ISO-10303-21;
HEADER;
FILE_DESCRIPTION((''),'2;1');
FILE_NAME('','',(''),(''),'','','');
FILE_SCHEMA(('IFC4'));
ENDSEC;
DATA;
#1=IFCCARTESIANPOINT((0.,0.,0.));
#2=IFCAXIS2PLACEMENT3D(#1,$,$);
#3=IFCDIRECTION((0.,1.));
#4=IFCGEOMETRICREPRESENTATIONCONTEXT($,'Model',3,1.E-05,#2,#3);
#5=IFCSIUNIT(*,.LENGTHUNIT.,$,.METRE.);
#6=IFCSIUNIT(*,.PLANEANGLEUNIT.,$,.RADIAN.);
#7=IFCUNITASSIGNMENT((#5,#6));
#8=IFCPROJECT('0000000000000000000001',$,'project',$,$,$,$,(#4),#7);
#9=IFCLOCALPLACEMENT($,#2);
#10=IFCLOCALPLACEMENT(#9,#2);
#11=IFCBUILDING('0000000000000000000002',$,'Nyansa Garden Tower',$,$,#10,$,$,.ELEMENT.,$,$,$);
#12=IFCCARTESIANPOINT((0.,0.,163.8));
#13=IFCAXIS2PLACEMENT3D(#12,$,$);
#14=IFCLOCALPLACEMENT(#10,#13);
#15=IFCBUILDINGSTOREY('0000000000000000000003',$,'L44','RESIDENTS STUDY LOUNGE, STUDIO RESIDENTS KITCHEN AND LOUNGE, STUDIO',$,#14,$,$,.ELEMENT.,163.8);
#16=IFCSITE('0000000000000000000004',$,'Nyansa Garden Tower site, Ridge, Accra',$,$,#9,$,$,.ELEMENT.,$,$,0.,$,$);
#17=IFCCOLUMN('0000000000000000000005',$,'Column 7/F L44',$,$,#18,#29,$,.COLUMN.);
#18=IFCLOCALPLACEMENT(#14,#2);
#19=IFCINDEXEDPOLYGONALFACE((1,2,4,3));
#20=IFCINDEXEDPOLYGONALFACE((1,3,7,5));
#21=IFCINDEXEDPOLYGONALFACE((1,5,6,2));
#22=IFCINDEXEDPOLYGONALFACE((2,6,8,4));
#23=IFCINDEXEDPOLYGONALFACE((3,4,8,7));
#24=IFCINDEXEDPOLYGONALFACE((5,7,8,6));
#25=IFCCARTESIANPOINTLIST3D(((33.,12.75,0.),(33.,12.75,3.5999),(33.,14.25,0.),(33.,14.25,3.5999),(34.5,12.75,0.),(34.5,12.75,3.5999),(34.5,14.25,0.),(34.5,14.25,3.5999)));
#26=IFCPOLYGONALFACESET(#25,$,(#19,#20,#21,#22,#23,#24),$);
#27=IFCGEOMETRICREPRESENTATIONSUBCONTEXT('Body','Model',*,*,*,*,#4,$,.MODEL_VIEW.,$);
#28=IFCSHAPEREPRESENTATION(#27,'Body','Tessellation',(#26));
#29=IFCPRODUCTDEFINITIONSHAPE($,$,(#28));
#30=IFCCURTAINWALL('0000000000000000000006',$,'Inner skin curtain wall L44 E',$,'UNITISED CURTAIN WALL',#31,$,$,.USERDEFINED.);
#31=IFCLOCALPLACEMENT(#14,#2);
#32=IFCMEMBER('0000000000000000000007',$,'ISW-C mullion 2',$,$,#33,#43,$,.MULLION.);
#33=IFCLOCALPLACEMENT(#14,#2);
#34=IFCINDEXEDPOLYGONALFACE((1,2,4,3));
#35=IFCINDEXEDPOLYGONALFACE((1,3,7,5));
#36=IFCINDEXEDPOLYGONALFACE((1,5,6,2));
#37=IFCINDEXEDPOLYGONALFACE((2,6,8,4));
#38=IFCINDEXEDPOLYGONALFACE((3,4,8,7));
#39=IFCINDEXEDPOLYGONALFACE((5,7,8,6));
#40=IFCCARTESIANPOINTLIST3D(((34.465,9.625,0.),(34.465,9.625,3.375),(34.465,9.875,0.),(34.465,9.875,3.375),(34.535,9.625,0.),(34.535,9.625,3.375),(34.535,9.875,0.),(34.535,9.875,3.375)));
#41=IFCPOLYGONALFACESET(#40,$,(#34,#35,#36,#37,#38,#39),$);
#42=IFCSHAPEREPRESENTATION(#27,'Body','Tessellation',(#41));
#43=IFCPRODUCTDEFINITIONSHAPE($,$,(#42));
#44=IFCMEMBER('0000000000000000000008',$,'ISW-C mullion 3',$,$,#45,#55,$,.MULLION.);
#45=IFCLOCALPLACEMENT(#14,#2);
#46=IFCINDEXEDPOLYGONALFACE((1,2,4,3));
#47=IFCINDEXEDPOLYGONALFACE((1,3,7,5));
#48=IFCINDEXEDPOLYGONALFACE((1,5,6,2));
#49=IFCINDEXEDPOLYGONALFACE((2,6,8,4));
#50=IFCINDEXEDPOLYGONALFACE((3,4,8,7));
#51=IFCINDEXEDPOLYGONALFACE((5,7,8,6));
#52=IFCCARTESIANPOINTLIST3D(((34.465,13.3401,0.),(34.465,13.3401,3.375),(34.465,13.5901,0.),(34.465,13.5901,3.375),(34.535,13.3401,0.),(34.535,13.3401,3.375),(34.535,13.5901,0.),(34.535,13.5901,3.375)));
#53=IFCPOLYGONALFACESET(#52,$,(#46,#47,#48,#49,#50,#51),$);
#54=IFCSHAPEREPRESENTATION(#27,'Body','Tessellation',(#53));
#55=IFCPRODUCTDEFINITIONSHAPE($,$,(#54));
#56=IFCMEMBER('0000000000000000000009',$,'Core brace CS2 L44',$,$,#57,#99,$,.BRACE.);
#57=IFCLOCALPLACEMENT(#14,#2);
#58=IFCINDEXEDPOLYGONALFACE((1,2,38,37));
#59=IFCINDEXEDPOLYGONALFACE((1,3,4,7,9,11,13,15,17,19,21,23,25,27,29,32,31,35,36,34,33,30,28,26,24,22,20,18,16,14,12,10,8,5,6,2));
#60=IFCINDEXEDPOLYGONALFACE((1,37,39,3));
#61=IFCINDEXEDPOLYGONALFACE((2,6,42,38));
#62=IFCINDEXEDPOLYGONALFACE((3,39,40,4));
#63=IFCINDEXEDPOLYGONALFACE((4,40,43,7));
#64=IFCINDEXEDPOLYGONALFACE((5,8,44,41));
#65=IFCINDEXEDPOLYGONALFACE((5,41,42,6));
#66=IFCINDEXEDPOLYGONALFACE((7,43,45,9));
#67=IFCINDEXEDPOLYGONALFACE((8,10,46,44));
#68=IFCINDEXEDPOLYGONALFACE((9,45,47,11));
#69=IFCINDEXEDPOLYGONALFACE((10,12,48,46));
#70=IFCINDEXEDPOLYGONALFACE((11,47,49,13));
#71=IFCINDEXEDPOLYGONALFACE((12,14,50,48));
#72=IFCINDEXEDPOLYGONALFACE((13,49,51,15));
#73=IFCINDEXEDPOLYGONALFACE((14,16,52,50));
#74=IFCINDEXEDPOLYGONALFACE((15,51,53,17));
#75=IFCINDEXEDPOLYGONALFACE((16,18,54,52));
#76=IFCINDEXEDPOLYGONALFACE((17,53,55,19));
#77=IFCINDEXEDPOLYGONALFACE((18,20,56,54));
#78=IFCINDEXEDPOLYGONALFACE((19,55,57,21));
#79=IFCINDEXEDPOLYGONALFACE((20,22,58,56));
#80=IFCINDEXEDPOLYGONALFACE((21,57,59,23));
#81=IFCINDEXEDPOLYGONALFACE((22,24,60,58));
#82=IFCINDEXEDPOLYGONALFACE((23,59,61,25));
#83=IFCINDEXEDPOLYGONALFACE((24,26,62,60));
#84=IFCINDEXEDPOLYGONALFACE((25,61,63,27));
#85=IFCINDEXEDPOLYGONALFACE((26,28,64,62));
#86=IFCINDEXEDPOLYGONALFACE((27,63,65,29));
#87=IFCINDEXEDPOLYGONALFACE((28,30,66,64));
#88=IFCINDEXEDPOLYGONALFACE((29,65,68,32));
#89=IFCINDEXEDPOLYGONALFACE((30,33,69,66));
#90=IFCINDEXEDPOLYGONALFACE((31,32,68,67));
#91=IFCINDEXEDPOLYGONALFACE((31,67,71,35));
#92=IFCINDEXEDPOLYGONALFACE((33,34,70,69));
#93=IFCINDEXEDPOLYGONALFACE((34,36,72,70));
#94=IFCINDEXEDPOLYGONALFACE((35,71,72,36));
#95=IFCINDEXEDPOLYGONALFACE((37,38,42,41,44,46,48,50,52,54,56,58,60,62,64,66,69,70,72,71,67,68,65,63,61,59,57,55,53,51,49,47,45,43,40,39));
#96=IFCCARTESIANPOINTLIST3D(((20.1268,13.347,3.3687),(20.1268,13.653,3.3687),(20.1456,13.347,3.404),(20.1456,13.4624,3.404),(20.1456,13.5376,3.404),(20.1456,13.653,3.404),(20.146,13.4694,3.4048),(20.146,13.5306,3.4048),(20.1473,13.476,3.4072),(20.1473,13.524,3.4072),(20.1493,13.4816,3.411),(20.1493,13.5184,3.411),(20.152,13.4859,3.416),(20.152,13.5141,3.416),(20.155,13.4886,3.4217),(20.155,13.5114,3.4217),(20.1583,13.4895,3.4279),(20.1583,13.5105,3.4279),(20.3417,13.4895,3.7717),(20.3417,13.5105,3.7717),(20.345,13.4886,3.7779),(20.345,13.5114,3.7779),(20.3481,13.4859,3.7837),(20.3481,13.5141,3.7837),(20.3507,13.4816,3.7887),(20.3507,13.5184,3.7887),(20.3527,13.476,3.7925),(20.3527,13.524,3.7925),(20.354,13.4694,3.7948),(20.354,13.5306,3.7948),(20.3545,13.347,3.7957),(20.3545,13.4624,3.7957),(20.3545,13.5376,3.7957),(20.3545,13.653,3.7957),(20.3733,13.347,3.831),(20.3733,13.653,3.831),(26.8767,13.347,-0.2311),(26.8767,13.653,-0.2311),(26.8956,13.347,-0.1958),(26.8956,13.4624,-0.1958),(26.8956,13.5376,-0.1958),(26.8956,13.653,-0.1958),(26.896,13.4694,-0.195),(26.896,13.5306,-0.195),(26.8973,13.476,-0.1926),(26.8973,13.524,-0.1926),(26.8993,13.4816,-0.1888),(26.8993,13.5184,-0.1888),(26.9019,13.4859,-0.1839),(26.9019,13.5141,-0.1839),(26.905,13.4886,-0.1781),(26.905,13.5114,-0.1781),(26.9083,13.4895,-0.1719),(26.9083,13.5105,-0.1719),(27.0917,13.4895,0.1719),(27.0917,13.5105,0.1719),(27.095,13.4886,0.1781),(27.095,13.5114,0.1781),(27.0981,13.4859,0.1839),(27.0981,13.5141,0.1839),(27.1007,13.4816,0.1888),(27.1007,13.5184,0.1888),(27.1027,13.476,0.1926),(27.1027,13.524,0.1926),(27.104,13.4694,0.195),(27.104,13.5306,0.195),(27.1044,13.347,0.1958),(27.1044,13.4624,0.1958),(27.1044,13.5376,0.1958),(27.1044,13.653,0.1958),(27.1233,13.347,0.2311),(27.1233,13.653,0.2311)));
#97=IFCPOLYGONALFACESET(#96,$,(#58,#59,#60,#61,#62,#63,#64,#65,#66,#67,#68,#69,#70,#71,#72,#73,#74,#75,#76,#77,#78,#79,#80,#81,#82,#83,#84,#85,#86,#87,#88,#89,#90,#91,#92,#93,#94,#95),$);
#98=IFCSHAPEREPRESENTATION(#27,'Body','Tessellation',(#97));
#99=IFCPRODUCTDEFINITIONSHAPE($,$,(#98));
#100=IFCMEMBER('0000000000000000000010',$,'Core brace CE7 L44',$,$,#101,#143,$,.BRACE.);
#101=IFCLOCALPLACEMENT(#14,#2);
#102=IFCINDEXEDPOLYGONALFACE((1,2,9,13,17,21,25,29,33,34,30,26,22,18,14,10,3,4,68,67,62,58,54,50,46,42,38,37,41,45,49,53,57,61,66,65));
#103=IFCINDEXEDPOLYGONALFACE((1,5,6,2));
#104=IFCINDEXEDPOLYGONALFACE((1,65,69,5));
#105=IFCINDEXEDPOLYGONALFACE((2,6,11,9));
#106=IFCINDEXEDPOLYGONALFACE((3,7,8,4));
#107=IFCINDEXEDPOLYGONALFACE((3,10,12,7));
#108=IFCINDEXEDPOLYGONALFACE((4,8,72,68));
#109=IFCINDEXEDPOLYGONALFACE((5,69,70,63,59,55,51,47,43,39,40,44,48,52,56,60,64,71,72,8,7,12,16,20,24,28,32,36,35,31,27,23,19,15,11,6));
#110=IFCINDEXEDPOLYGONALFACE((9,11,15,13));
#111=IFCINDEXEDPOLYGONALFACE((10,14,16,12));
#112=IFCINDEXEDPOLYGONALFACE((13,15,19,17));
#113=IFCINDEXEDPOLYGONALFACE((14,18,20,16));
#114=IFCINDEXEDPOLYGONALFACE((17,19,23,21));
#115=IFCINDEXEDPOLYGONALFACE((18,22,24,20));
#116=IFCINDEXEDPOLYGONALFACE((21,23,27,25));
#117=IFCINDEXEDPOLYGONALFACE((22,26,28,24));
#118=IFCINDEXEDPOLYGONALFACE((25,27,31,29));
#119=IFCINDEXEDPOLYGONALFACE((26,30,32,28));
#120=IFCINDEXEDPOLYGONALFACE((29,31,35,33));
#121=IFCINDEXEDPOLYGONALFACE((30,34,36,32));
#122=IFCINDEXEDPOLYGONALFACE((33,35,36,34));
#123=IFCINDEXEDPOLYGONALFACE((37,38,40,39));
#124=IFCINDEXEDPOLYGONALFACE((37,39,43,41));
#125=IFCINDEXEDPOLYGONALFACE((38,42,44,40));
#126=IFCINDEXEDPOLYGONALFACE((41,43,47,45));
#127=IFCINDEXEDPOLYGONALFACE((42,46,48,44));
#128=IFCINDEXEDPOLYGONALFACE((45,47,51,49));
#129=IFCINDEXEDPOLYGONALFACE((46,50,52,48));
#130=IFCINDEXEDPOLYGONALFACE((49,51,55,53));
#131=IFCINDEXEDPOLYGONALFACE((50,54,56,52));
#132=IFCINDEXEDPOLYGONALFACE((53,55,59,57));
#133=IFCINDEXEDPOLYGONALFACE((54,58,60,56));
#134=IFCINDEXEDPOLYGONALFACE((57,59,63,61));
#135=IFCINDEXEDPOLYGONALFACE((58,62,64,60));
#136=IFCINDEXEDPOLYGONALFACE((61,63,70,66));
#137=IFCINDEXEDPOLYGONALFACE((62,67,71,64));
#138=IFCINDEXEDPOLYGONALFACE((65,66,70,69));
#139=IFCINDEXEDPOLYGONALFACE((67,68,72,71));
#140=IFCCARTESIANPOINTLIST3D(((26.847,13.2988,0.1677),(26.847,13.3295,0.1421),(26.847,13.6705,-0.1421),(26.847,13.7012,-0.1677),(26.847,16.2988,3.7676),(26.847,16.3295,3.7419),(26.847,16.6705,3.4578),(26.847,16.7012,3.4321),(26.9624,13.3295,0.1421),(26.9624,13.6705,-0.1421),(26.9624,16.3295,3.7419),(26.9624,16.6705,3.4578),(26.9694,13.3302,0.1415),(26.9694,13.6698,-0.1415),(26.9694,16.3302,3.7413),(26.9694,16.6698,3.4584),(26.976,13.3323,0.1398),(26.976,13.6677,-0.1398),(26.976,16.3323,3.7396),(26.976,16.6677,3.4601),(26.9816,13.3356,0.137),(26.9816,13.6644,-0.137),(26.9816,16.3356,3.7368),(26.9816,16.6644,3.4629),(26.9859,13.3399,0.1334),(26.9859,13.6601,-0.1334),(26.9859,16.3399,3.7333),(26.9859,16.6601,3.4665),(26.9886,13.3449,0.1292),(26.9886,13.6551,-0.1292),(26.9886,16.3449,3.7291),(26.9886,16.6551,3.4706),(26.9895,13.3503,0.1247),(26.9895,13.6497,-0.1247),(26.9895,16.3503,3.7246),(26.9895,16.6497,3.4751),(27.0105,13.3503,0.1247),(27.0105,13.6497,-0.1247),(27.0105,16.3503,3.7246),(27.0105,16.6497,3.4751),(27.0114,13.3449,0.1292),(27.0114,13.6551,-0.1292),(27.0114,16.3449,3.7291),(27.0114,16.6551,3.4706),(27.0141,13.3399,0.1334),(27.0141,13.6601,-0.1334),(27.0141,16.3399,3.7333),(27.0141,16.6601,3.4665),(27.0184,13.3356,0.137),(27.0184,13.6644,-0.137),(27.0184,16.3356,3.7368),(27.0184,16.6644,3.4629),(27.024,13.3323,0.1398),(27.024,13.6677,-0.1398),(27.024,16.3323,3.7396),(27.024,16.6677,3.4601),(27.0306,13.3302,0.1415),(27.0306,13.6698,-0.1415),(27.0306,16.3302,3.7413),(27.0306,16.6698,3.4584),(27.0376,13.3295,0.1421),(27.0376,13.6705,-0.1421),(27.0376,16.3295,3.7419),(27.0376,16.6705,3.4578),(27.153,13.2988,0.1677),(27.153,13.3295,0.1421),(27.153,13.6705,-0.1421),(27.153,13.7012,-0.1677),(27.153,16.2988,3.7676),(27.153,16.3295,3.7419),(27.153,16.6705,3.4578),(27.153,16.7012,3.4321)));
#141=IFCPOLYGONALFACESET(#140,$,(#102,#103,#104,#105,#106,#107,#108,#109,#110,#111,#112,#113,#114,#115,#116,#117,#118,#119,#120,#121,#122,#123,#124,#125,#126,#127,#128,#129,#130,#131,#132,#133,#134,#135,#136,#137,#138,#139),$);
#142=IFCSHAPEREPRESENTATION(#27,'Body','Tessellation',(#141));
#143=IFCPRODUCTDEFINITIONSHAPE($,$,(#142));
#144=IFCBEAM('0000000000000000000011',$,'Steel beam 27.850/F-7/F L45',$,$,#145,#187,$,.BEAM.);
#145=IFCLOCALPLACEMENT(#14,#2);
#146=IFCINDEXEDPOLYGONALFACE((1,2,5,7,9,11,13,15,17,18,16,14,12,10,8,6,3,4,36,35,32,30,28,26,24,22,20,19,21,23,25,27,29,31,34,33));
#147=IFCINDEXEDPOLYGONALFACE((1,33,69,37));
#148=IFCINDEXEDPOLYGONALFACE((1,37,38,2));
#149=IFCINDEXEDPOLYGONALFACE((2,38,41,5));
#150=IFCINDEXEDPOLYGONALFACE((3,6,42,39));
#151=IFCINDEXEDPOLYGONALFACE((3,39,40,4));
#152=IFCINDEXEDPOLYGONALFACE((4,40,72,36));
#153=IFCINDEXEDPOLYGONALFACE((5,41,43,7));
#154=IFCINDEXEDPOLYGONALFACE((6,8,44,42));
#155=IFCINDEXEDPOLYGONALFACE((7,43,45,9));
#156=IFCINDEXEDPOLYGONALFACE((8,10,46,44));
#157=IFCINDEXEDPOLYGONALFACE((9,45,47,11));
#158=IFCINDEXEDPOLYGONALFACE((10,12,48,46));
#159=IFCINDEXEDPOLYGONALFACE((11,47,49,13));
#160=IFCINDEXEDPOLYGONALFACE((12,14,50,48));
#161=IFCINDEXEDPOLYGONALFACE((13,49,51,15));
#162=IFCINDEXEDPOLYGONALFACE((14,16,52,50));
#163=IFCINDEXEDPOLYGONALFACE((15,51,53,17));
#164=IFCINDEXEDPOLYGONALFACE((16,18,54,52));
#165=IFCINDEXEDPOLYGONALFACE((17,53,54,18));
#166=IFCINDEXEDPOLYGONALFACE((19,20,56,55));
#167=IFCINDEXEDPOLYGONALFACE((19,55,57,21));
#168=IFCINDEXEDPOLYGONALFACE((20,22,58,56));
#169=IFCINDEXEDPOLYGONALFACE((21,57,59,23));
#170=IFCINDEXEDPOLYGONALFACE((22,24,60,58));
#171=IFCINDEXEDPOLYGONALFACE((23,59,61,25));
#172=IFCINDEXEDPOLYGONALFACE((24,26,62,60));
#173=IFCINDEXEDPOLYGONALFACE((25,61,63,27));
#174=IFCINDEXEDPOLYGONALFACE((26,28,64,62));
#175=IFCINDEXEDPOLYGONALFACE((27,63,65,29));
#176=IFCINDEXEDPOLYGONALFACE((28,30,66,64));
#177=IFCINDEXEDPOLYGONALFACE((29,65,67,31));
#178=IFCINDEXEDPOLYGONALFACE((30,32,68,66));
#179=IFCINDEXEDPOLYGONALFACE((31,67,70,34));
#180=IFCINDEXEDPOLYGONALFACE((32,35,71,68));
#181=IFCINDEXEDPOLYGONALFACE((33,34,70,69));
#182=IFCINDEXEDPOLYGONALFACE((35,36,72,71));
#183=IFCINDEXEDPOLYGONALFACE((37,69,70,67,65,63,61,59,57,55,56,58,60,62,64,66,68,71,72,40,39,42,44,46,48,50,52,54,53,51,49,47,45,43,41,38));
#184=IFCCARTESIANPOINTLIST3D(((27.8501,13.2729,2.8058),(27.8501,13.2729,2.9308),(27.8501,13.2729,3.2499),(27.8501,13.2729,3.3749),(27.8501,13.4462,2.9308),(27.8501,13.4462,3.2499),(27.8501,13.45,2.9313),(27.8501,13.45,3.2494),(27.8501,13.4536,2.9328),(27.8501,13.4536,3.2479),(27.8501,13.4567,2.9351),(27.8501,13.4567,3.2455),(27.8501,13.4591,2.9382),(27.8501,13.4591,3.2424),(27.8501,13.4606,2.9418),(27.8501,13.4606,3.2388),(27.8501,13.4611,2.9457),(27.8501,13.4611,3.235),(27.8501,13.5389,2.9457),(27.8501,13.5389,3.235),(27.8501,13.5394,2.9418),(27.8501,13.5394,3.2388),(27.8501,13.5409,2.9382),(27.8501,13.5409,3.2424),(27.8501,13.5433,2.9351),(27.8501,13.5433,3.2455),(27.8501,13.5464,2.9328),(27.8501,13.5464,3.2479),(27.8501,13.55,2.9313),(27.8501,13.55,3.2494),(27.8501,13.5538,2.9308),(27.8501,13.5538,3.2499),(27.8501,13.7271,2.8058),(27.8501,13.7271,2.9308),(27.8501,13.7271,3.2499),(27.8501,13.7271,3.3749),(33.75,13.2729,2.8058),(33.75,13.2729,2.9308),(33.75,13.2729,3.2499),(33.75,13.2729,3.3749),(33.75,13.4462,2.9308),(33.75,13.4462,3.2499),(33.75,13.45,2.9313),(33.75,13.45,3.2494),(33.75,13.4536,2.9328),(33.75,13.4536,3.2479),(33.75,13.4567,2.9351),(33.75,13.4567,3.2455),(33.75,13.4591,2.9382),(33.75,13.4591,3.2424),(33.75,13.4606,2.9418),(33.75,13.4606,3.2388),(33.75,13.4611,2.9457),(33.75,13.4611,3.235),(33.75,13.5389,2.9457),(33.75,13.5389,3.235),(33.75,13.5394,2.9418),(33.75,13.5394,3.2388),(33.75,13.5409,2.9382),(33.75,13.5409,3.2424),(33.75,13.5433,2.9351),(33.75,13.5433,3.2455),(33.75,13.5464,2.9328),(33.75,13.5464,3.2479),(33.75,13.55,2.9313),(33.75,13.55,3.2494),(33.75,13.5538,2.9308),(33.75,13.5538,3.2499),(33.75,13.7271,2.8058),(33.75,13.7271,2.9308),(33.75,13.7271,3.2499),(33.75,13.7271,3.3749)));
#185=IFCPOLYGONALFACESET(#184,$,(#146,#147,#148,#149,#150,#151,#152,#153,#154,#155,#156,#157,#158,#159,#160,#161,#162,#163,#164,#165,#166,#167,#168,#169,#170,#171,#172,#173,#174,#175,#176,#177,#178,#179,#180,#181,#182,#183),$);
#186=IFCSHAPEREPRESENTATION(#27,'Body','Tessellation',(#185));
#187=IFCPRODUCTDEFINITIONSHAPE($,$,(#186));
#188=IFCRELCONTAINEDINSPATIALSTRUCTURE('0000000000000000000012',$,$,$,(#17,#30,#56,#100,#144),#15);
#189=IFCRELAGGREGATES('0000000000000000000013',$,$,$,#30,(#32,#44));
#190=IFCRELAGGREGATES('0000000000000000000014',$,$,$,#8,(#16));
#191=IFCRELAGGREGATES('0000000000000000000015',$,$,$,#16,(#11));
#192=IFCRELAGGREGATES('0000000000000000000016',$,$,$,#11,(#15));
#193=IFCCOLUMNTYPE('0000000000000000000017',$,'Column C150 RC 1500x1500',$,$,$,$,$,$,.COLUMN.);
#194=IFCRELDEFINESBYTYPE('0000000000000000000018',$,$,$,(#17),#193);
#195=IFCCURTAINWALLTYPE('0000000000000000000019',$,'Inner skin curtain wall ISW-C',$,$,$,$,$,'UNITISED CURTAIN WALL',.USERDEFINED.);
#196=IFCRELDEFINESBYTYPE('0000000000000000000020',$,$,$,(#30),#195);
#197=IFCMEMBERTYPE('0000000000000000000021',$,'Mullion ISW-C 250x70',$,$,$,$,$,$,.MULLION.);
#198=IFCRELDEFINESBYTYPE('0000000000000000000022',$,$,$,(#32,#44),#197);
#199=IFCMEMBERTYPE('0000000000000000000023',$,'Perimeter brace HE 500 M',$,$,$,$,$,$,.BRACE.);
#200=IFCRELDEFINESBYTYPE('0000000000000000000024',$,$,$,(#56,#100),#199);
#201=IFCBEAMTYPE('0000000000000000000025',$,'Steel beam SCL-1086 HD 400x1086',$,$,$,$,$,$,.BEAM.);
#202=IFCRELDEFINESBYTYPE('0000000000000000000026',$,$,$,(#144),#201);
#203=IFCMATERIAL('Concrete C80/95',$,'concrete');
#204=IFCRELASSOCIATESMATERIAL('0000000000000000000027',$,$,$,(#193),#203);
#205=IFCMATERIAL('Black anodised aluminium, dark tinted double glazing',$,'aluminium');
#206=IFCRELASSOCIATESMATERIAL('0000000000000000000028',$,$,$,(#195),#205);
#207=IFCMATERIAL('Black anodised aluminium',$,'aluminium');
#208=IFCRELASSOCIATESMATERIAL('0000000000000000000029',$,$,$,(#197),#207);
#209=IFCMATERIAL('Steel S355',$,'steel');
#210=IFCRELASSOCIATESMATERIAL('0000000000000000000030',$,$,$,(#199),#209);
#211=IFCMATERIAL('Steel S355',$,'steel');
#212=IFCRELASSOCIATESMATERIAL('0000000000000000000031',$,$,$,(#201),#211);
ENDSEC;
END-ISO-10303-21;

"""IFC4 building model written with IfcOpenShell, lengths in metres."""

from ifc_helpers import new_model, si_unit, direction, frame, origin, origin_2d, place, context, subcontext, project, spatial, rectangle, i_section, extrude, material, material_profile, profile_set, type_object, element, aggregate, save


model = new_model("IFC4")

# Units and contexts
model_context = context("Model", 3, precision=1e-05, world=origin(), true_north=direction((0.0, 1.0)))
body_context = subcontext(model_context, "Body", "Model", "MODEL_VIEW")
ifc_project = project(units=[si_unit("LENGTHUNIT", "METRE"), si_unit("PLANEANGLEUNIT", "RADIAN")], contexts=[model_context])

# Site, building, storey
site_placement = place(None, origin())
site = spatial("IfcSite", under=ifc_project, at=site_placement, Name="Nyansa Garden Tower site, Ridge, Accra", CompositionType="ELEMENT", RefElevation=0.0)
building_placement = place(site_placement, origin())
building = spatial("IfcBuilding", under=site, at=building_placement, Name="Nyansa Garden Tower", CompositionType="ELEMENT")
storey_placement = place(building_placement, frame((0.0, 0.0, 163.8)))
storey = spatial("IfcBuildingStorey", under=building, at=storey_placement, Name="L44", Description="RESIDENTS STUDY LOUNGE, STUDIO RESIDENTS KITCHEN AND LOUNGE, STUDIO", CompositionType="ELEMENT", Elevation=163.8)

# Column
ifc_material_1 = material(Name="Concrete C80/95", Category="concrete")
ifc_material_profile_1 = material_profile(ifc_material_1, rectangle(XDim=1.5, YDim=1.5, at=origin_2d()), Name="RC 1500x1500")
ifc_profile_set_1 = profile_set([ifc_material_profile_1], Name="Concrete C80/95")
column_type = type_object("IfcColumnType", Name="Column C150 RC 1500x1500", PredefinedType="COLUMN", material=ifc_profile_set_1)
column_placement = place(storey_placement, frame((33.75, 13.5, 0.0), z_axis=(0.0, 0.0, 1.0), x_axis=(1.0, 0.0, 0.0)))
element("IfcColumn", 1, at=column_placement, inside=storey, type_object=column_type, Name="Column 7/F L44", PredefinedType="COLUMN", context=body_context, shape_type="SweptSolid", body=[
    extrude(rectangle(XDim=1.5, YDim=1.5, at=origin_2d()), origin(), (0.0, 0.0, 1.0), 3.5999),
])

# Curtain wall, members
ifc_material_2 = material(Name="Black anodised aluminium, dark tinted double glazing", Category="aluminium")
curtain_wall_type = type_object("IfcCurtainWallType", Name="Inner skin curtain wall ISW-C", ElementType="UNITISED CURTAIN WALL", PredefinedType="USERDEFINED", material=ifc_material_2)
curtain_wall_placement = place(storey_placement, origin())
curtain_wall = element("IfcCurtainWall", 2, at=curtain_wall_placement, inside=storey, type_object=curtain_wall_type, Name="Inner skin curtain wall L44 E", ObjectType="UNITISED CURTAIN WALL", PredefinedType="USERDEFINED")
ifc_material_3 = material(Name="Black anodised aluminium", Category="aluminium")
ifc_material_profile_2 = material_profile(ifc_material_3, rectangle(XDim=0.0701, YDim=0.25, at=origin_2d()), Name="Mullion 250x70")
ifc_profile_set_2 = profile_set([ifc_material_profile_2], Name="Black anodised aluminium")
member_type_1 = type_object("IfcMemberType", Name="Mullion ISW-C 250x70", PredefinedType="MULLION", material=ifc_profile_set_2)
member_1_placement = place(storey_placement, frame((34.5, 9.75, 0.0), z_axis=(0.0, 0.0, 1.0), x_axis=(-1.0, 0.0, 0.0)))
member_1 = element("IfcMember", 3, at=member_1_placement, type_object=member_type_1, Name="ISW-C mullion 2", PredefinedType="MULLION", context=body_context, shape_type="SweptSolid", body=[
    extrude(rectangle(XDim=0.0701, YDim=0.25, at=origin_2d()), origin(), (0.0, 0.0, 1.0), 3.375),
])
member_2_placement = place(storey_placement, frame((34.5, 13.4651, 0.0), z_axis=(0.0, 0.0, 1.0), x_axis=(-1.0, 0.0, 0.0)))
member_2 = element("IfcMember", 4, at=member_2_placement, type_object=member_type_1, Name="ISW-C mullion 3", PredefinedType="MULLION", context=body_context, shape_type="SweptSolid", body=[
    extrude(rectangle(XDim=0.0701, YDim=0.25, at=origin_2d()), origin(), (0.0, 0.0, 1.0), 3.375),
])

# Members
ifc_material_4 = material(Name="Steel S355", Category="steel")
ifc_material_profile_3 = material_profile(ifc_material_4, i_section(OverallWidth=0.3059, OverallDepth=0.5239, WebThickness=0.021, FlangeThickness=0.04, FilletRadius=0.0271, at=origin_2d()), Name="HE 500 M")
ifc_profile_set_3 = profile_set([ifc_material_profile_3], Name="Steel S355")
member_type_2 = type_object("IfcMemberType", Name="Perimeter brace HE 500 M", PredefinedType="BRACE", material=ifc_profile_set_3)
member_3_placement = place(storey_placement, frame((27.0, 13.5, 0.0), z_axis=(-0.882361, 0.0, 0.470573), x_axis=(0.0, -1.0, 0.0)))
element("IfcMember", 5, at=member_3_placement, inside=storey, type_object=member_type_2, Name="Core brace CS2 L44", PredefinedType="BRACE", context=body_context, shape_type="SweptSolid", body=[
    extrude(i_section(OverallWidth=0.3059, OverallDepth=0.5239, WebThickness=0.021, FlangeThickness=0.04, FilletRadius=0.0271, at=origin_2d()), origin(), (0.0, 0.0, 1.0), 7.6499),
])
member_4_placement = place(storey_placement, frame((27.0, 13.5, 0.0), z_axis=(0.0, 0.6402, 0.768208), x_axis=(-1.0, 0.0, 0.0)))
element("IfcMember", 6, at=member_4_placement, inside=storey, type_object=member_type_2, Name="Core brace CE7 L44", PredefinedType="BRACE", context=body_context, shape_type="SweptSolid", body=[
    extrude(i_section(OverallWidth=0.3059, OverallDepth=0.5239, WebThickness=0.021, FlangeThickness=0.04, FilletRadius=0.0271, at=origin_2d()), origin(), (0.0, 0.0, 1.0), 4.686),
])

# Beam
ifc_material_5 = material(Name="Steel S355", Category="steel")
ifc_material_profile_4 = material_profile(ifc_material_5, i_section(OverallWidth=0.4541, OverallDepth=0.5691, WebThickness=0.0779, FlangeThickness=0.125, FilletRadius=0.0149, at=origin_2d()), Name="HD 400x1086")
ifc_profile_set_4 = profile_set([ifc_material_profile_4], Name="Steel S355")
beam_type_1 = type_object("IfcBeamType", Name="Steel beam SCL-1086 HD 400x1086", PredefinedType="BEAM", material=ifc_profile_set_4)
beam_1_placement = place(storey_placement, frame((27.8501, 13.5, 3.0903), z_axis=(1.0, 0.0, 0.0), x_axis=(0.0, 1.0, 0.0)))
element("IfcBeam", 7, at=beam_1_placement, inside=storey, type_object=beam_type_1, Name="Steel beam 27.850/F-7/F L45", PredefinedType="BEAM", context=body_context, shape_type="SweptSolid", body=[
    extrude(i_section(OverallWidth=0.4541, OverallDepth=0.5691, WebThickness=0.0779, FlangeThickness=0.125, FilletRadius=0.0149, at=origin_2d()), origin(), (0.0, 0.0, 1.0), 5.8999),
])

aggregate(curtain_wall, [member_1, member_2])

save(model, "model.ifc")
